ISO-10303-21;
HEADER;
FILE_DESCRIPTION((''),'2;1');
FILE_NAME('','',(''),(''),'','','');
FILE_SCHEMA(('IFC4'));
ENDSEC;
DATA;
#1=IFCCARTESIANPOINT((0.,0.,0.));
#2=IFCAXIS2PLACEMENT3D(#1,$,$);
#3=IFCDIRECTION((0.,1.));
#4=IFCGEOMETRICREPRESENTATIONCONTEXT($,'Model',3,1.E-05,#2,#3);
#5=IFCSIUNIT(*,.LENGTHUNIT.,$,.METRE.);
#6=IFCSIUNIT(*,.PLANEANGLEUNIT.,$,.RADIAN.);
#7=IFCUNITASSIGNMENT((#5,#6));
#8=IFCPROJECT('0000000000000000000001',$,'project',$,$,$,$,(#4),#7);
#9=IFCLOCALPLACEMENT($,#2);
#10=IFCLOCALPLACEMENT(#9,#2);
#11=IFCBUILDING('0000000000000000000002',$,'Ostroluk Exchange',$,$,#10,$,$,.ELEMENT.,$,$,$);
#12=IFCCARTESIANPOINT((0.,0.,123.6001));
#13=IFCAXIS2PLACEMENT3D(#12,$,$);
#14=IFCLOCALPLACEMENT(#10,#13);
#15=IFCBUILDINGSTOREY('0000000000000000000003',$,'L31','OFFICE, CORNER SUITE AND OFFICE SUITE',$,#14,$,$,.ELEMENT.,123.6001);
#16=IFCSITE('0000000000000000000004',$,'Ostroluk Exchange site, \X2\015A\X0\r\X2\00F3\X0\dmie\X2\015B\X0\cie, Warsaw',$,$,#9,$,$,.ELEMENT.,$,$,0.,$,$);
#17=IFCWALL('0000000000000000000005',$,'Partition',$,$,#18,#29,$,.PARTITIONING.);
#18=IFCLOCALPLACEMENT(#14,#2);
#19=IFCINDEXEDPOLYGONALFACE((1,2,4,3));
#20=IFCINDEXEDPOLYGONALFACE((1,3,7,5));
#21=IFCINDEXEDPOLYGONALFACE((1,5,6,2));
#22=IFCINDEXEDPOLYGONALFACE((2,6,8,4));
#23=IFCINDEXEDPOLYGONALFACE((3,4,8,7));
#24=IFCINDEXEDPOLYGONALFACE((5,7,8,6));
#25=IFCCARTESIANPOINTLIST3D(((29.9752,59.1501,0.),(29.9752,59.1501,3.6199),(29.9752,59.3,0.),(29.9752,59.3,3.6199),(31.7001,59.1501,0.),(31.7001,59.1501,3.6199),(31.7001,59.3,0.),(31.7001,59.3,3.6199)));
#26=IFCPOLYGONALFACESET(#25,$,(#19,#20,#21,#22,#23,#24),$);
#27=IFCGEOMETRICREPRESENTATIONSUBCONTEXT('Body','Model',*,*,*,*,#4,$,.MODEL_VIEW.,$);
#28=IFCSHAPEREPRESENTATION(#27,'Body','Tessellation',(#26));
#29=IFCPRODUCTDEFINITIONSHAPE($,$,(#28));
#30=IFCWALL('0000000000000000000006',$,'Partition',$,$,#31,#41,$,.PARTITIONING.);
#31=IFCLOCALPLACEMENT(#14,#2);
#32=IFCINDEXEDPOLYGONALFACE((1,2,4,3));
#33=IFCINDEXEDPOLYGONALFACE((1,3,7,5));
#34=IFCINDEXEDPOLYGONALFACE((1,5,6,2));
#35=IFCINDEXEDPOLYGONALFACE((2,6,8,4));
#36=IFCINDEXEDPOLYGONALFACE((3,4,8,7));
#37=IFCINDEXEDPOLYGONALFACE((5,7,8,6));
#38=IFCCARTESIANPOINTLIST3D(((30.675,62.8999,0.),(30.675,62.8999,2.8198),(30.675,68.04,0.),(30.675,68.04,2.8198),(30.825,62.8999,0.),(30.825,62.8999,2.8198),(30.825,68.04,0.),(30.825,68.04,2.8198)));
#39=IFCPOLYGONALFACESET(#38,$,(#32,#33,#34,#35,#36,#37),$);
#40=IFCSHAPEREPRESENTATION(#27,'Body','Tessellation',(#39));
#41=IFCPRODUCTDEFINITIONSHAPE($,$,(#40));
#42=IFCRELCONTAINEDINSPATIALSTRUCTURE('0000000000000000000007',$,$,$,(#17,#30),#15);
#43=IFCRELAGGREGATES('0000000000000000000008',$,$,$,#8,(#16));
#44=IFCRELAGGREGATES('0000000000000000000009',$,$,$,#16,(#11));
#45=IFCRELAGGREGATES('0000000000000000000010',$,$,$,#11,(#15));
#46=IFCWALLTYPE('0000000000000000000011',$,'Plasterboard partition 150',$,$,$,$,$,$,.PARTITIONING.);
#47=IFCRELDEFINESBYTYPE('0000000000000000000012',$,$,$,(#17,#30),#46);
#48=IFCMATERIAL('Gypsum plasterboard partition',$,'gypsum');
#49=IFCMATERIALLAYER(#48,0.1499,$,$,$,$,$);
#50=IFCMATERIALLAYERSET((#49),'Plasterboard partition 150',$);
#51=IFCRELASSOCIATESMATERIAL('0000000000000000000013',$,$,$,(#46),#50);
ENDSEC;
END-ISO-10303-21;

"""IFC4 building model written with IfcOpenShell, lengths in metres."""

from ifc_helpers import new_model, si_unit, direction, frame, frame_2d, origin, place, context, subcontext, project, spatial, rectangle, extrude, material, layer, layer_set, type_object, element, save


model = new_model("IFC4")

# Units and contexts
model_context = context("Model", 3, precision=1e-05, world=origin(), true_north=direction((0.0, 1.0)))
body_context = subcontext(model_context, "Body", "Model", "MODEL_VIEW")
ifc_project = project(units=[si_unit("LENGTHUNIT", "METRE"), si_unit("PLANEANGLEUNIT", "RADIAN")], contexts=[model_context])

# Site, building, storey
site_placement = place(None, origin())
site = spatial("IfcSite", under=ifc_project, at=site_placement, Name="Ostroluk Exchange site, Śródmieście, Warsaw", CompositionType="ELEMENT", RefElevation=0.0)
building_placement = place(site_placement, origin())
building = spatial("IfcBuilding", under=site, at=building_placement, Name="Ostroluk Exchange", CompositionType="ELEMENT")
storey_placement = place(building_placement, frame((0.0, 0.0, 123.6001)))
storey = spatial("IfcBuildingStorey", under=building, at=storey_placement, Name="L31", Description="OFFICE, CORNER SUITE AND OFFICE SUITE", CompositionType="ELEMENT", Elevation=123.6001)

# Shared definitions
ifc_material_1 = material(Name="Gypsum plasterboard partition", Category="gypsum")
ifc_layer_1 = layer(ifc_material_1, 0.1499)
ifc_layer_set_1 = layer_set([ifc_layer_1], Name="Plasterboard partition 150")
wall_type = type_object("IfcWallType", Name="Plasterboard partition 150", PredefinedType="PARTITIONING", material=ifc_layer_set_1)

# Walls
wall_1_placement = place(storey_placement, frame((31.7, 59.2251, 0.0), z_axis=(0.0, 0.0, 1.0), x_axis=(-1.0, 0.0, 0.0)))
element("IfcWall", 1, at=wall_1_placement, inside=storey, type_object=wall_type, Name="Partition", PredefinedType="PARTITIONING", context=body_context, shape_type="SweptSolid", body=[
    extrude(rectangle(XDim=1.7249, YDim=0.1499, at=frame_2d((0.8623, 0.0))), origin(), (0.0, 0.0, 1.0), 3.6199),
])
wall_2_placement = place(storey_placement, frame((30.75, 62.8999, 0.0), z_axis=(0.0, 0.0, 1.0), x_axis=(0.0, 1.0, 0.0)))
element("IfcWall", 2, at=wall_2_placement, inside=storey, type_object=wall_type, Name="Partition", PredefinedType="PARTITIONING", context=body_context, shape_type="SweptSolid", body=[
    extrude(rectangle(XDim=5.1401, YDim=0.1499, at=frame_2d((2.5701, 0.0))), origin(), (0.0, 0.0, 1.0), 2.8198),
])

save(model, "model.ifc")
